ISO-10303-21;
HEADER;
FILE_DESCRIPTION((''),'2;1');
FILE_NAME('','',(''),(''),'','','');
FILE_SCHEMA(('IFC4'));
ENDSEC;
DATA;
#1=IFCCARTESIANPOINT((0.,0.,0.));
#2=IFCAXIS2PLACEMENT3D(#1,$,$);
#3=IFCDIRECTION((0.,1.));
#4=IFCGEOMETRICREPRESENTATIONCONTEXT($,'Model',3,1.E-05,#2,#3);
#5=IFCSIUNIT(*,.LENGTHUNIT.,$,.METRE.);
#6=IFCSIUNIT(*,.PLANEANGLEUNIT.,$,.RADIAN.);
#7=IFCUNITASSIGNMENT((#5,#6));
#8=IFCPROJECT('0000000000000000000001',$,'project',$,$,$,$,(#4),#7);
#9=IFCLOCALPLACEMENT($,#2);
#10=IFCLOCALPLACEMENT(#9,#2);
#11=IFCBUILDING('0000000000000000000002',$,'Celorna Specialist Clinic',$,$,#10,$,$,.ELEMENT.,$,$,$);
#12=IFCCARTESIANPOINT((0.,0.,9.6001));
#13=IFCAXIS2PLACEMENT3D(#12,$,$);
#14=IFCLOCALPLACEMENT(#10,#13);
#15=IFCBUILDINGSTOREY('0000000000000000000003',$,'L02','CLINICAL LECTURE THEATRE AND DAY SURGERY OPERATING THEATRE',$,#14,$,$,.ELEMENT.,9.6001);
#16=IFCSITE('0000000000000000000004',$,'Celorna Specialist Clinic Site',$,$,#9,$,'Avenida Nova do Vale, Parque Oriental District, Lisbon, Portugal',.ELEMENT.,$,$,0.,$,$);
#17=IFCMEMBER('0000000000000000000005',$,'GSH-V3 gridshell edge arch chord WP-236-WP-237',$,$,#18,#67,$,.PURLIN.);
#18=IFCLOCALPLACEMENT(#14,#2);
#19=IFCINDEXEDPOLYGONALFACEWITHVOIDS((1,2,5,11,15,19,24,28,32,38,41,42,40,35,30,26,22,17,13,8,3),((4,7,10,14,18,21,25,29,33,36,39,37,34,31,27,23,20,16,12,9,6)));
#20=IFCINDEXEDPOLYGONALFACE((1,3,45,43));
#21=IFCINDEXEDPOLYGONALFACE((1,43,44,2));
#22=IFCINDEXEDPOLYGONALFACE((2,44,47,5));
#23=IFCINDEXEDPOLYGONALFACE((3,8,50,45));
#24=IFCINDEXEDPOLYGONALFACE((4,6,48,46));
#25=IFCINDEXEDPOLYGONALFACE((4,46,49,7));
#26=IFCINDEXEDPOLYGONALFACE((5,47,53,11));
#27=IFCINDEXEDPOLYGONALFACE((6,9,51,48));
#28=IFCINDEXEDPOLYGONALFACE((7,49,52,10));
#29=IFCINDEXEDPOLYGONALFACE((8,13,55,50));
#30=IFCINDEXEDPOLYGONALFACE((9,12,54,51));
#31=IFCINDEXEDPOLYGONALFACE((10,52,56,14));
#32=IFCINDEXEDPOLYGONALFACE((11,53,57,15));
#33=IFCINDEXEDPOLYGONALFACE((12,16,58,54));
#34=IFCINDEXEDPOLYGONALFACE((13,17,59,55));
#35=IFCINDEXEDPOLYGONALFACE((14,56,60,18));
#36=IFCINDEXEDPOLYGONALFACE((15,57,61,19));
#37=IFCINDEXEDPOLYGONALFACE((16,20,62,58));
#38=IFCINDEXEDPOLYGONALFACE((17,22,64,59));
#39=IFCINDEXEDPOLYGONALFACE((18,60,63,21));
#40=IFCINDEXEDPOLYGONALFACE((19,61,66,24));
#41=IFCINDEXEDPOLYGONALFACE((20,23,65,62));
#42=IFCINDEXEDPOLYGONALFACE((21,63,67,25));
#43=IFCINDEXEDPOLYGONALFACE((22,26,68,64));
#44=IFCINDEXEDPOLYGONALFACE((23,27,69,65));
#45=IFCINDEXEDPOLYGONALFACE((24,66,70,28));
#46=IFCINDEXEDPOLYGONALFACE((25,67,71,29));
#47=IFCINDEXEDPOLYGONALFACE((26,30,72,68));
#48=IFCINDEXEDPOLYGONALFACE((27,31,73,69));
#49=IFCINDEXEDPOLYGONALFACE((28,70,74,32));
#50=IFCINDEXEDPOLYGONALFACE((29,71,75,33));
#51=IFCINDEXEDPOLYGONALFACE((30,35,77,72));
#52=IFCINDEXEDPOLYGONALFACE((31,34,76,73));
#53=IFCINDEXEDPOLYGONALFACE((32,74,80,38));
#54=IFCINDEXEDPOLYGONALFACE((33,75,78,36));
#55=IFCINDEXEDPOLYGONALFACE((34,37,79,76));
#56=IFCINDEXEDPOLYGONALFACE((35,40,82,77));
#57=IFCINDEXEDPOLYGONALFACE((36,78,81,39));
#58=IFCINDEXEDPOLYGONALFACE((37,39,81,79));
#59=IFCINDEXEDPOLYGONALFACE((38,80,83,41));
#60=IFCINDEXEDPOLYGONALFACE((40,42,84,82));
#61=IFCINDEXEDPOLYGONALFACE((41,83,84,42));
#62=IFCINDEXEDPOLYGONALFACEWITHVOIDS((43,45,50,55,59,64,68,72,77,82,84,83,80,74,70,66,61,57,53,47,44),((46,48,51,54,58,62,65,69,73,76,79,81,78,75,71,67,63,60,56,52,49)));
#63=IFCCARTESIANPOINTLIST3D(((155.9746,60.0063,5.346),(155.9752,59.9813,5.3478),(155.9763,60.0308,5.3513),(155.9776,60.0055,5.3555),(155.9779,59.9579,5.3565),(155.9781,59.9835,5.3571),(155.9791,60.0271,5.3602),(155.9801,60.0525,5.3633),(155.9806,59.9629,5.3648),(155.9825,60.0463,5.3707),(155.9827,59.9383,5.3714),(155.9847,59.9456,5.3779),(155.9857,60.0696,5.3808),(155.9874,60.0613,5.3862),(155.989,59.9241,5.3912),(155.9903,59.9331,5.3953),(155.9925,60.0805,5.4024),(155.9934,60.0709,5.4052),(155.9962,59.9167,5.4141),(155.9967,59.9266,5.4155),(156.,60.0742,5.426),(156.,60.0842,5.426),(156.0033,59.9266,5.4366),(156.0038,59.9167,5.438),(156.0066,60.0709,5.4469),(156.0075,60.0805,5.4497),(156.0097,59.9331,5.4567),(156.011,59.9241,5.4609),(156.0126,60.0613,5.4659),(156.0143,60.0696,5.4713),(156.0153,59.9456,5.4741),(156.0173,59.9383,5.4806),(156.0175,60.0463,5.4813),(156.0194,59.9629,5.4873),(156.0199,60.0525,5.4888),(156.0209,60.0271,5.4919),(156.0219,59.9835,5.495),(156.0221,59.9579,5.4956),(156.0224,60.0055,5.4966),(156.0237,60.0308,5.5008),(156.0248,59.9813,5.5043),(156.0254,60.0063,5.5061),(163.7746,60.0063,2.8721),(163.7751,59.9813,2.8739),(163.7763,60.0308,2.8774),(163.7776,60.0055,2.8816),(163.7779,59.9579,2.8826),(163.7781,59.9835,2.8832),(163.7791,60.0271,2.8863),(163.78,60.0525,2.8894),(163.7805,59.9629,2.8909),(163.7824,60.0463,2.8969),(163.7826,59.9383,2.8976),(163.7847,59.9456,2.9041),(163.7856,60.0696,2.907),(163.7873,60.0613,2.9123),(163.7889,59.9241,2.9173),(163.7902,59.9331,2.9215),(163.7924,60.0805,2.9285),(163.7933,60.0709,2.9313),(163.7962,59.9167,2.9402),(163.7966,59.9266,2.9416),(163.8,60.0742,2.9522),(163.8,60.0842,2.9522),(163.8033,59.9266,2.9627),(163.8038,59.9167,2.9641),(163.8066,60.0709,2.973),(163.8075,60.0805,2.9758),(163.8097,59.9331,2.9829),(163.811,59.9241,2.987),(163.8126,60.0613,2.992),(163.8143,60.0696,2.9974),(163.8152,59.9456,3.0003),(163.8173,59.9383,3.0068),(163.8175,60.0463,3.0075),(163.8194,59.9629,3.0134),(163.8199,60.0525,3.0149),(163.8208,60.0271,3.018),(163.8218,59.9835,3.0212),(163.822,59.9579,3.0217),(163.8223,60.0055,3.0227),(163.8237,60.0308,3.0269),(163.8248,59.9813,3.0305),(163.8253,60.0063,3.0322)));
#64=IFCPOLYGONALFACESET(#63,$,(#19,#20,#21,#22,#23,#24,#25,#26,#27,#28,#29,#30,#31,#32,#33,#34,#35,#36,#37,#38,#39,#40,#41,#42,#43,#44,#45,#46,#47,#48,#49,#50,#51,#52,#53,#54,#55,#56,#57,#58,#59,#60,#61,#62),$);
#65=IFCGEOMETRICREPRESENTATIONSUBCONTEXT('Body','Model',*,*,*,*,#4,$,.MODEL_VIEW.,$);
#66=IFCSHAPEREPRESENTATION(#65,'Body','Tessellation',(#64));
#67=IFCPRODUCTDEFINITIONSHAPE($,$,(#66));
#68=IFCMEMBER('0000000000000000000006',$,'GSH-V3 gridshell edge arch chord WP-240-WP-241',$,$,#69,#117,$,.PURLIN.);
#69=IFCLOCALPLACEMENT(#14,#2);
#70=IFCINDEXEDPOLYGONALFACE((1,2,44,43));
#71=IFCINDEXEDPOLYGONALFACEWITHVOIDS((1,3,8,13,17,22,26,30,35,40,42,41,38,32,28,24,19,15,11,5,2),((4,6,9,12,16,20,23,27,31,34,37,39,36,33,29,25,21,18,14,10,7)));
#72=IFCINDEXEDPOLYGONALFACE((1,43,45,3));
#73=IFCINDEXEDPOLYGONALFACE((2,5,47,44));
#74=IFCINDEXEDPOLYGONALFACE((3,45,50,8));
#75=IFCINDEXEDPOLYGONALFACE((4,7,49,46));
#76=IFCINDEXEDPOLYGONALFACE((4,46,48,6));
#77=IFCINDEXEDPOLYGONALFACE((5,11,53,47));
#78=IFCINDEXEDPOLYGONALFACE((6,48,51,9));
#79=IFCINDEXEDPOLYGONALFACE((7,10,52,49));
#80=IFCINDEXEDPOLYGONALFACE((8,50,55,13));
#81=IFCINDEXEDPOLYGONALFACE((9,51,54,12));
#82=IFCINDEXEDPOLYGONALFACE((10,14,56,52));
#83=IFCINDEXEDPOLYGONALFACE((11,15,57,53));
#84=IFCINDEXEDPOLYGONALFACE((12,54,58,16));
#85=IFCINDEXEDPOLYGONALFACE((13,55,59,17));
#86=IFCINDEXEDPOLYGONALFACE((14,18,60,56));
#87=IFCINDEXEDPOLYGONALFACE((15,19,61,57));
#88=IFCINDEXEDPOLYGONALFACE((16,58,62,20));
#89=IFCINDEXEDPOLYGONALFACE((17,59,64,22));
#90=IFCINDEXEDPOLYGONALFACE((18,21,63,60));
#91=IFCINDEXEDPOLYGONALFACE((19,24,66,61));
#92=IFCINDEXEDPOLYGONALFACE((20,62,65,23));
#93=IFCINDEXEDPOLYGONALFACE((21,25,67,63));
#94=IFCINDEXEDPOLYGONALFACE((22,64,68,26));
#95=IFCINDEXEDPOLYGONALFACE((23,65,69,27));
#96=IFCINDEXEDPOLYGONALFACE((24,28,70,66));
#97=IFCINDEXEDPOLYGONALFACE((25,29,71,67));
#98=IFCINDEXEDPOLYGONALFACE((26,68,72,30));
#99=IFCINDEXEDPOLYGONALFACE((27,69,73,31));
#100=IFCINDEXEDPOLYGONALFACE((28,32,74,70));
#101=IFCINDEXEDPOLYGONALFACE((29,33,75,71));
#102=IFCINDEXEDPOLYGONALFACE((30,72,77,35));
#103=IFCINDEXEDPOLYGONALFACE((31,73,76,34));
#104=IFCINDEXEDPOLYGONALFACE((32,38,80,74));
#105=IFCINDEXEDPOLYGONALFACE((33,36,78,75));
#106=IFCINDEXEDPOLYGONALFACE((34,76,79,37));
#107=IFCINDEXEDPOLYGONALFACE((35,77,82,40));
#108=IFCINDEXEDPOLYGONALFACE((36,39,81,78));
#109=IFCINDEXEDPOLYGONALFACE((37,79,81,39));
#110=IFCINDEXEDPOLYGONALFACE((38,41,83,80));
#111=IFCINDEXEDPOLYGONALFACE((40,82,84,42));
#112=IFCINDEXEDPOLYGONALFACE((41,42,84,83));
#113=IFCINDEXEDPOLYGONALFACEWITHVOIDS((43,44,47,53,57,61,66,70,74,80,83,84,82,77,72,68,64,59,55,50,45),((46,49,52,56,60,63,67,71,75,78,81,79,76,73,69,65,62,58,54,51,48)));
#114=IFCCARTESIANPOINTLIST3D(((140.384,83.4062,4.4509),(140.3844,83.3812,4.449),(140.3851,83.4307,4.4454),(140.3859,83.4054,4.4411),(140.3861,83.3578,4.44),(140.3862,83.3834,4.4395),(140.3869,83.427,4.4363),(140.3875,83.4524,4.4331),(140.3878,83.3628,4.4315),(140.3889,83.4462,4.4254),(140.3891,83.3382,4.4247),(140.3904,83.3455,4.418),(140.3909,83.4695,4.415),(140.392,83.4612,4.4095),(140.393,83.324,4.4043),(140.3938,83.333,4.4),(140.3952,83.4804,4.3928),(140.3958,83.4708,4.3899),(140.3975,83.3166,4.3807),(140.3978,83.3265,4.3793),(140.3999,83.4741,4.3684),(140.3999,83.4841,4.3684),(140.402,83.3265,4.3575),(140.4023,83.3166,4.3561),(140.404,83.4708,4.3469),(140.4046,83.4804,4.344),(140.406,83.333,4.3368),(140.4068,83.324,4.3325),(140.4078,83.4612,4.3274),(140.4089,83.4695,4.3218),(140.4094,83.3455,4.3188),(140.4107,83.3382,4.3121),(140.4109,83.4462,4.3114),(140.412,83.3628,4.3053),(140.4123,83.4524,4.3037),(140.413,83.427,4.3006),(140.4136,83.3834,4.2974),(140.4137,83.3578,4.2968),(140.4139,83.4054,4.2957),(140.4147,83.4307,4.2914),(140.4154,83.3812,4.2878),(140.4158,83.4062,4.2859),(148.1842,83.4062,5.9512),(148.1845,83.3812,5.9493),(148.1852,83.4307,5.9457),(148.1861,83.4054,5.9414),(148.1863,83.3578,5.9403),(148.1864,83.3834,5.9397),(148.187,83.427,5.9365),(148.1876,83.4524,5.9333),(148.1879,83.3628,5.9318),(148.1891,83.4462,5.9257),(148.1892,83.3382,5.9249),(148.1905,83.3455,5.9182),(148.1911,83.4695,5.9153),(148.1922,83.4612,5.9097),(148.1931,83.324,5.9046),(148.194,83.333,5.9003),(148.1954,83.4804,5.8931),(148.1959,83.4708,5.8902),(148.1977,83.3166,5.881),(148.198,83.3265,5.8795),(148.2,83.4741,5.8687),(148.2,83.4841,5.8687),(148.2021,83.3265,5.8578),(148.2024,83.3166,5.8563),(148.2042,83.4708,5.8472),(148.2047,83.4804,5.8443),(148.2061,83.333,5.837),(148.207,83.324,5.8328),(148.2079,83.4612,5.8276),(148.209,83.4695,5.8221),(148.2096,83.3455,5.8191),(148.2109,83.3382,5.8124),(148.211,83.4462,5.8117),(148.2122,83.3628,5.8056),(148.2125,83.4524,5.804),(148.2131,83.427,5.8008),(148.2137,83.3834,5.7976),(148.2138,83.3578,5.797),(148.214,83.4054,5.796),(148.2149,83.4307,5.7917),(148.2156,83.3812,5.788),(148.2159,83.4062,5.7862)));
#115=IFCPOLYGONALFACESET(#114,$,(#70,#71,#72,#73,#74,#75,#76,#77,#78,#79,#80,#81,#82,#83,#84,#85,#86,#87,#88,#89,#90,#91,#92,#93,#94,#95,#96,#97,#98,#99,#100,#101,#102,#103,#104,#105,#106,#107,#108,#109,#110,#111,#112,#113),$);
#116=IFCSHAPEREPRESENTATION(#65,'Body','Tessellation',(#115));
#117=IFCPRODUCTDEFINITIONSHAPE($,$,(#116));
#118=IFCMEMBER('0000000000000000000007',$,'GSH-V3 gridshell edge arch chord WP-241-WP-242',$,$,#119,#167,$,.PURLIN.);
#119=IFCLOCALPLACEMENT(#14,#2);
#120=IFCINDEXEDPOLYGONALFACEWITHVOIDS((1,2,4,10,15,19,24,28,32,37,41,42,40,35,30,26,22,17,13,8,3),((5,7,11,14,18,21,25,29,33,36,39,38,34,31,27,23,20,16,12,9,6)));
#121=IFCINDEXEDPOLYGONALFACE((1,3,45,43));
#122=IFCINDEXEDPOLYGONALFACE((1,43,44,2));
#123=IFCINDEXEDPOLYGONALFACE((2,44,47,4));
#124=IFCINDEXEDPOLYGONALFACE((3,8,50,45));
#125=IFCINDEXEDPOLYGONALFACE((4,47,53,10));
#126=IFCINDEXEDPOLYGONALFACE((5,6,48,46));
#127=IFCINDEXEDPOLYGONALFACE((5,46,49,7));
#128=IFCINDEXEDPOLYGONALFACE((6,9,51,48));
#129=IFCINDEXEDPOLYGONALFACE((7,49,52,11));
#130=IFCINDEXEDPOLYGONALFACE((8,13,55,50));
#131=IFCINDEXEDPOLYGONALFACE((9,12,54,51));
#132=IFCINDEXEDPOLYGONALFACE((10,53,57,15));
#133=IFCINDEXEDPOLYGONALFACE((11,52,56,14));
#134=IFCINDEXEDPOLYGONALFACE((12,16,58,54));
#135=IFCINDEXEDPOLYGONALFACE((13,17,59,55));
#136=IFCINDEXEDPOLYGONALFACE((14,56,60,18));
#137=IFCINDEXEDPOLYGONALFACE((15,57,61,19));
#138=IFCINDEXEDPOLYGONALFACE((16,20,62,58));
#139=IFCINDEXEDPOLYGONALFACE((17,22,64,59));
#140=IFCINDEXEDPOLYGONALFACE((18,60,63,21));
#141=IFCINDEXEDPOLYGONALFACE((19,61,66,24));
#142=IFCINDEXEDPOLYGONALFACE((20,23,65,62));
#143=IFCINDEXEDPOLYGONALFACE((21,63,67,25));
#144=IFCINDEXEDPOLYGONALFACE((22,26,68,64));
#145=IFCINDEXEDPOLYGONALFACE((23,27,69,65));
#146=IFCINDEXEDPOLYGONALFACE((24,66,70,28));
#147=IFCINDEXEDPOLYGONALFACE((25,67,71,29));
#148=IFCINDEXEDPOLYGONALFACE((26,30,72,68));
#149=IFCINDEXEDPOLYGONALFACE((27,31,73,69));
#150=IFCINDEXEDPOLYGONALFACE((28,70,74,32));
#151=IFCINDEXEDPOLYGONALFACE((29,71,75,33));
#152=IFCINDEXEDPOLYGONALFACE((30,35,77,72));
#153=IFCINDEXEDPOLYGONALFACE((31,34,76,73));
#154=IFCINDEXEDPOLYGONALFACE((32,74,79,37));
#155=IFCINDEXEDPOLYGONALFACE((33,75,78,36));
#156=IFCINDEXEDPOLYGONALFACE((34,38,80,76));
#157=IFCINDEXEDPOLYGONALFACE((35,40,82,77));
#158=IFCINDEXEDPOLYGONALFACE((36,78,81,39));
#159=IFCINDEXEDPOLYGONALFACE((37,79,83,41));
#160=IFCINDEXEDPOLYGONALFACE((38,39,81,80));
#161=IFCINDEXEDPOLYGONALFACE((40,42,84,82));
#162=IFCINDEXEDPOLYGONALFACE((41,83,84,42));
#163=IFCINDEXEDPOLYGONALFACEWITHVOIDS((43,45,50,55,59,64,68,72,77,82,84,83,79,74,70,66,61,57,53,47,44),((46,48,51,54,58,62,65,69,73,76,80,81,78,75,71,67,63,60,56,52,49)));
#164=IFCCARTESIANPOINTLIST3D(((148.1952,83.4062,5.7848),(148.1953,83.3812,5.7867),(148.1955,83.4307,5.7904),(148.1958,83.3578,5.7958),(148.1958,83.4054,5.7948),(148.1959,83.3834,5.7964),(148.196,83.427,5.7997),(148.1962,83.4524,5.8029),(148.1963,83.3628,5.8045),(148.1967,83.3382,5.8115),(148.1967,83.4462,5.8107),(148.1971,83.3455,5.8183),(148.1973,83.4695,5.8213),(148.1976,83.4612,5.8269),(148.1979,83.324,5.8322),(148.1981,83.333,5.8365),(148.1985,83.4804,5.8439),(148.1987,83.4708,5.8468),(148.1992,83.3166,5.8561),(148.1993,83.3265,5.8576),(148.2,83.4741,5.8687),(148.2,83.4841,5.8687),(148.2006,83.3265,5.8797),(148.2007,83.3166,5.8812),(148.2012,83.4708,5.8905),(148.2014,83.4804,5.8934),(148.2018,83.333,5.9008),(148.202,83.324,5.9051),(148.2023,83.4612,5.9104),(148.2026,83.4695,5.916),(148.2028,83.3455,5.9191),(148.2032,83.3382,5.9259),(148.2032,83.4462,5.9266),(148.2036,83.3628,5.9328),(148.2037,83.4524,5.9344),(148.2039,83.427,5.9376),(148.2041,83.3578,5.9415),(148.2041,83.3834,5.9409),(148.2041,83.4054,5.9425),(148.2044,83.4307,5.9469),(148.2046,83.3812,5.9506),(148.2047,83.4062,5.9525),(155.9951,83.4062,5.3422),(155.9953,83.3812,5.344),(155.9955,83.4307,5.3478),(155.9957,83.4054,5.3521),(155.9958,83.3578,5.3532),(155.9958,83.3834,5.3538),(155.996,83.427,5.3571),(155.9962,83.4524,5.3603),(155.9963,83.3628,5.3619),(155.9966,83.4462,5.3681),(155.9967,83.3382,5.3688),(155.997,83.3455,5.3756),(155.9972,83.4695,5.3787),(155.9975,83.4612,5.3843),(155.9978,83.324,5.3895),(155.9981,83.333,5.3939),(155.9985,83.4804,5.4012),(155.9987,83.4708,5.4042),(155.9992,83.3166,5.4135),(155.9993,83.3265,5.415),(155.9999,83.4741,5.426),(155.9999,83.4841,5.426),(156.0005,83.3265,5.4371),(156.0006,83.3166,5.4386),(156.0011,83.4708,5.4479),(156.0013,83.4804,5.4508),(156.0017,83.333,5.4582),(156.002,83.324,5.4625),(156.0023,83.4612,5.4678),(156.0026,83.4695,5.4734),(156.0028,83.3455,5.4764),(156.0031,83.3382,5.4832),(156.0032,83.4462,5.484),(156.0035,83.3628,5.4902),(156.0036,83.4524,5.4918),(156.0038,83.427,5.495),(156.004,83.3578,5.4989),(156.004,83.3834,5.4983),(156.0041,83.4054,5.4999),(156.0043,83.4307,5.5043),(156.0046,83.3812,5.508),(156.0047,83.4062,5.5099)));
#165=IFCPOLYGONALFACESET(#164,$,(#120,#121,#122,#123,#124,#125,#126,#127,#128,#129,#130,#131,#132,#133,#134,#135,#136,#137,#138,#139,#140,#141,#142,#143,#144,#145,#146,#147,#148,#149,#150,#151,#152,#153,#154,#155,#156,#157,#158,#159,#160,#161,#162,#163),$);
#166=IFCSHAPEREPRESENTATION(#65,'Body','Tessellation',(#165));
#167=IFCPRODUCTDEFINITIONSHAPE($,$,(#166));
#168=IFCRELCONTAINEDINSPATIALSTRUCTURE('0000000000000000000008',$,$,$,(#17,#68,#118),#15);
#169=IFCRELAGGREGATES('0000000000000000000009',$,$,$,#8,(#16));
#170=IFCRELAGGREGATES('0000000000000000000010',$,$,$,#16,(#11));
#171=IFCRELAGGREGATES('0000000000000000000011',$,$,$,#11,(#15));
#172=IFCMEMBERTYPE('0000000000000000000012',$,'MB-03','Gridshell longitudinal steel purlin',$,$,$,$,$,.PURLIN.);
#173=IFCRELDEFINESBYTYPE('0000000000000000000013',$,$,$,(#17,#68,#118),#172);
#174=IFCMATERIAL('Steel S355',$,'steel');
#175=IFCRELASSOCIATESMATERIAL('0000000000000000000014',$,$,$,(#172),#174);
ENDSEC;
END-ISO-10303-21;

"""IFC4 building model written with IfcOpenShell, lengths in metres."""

from ifc_helpers import new_model, si_unit, direction, frame, origin, origin_2d, place, context, subcontext, project, spatial, hollow_circle, extrude, material, material_profile, profile_set, type_object, element, save


model = new_model("IFC4")

# Units and contexts
model_context = context("Model", 3, precision=1e-05, world=origin(), true_north=direction((0.0, 1.0)))
body_context = subcontext(model_context, "Body", "Model", "MODEL_VIEW")
ifc_project = project(units=[si_unit("LENGTHUNIT", "METRE"), si_unit("PLANEANGLEUNIT", "RADIAN")], contexts=[model_context])

# Site, building, storey
site_placement = place(None, origin())
site = spatial("IfcSite", under=ifc_project, at=site_placement, Name="Celorna Specialist Clinic Site", LongName="Avenida Nova do Vale, Parque Oriental District, Lisbon, Portugal", CompositionType="ELEMENT", RefElevation=0.0)
building_placement = place(site_placement, origin())
building = spatial("IfcBuilding", under=site, at=building_placement, Name="Celorna Specialist Clinic", CompositionType="ELEMENT")
storey_placement = place(building_placement, frame((0.0, 0.0, 9.6001)))
storey = spatial("IfcBuildingStorey", under=building, at=storey_placement, Name="L02", Description="CLINICAL LECTURE THEATRE AND DAY SURGERY OPERATING THEATRE", CompositionType="ELEMENT", Elevation=9.6001)

# Shared definitions
ifc_material_1 = material(Name="Steel S355", Category="steel")

# Members
ifc_material_profile_1 = material_profile(ifc_material_1, hollow_circle(Radius=0.0842, WallThickness=0.01, at=origin_2d()), Name="CHS 168.3x10")
ifc_profile_set_1 = profile_set([ifc_material_profile_1], Name="Steel S355")
member_type_1 = type_object("IfcMemberType", Name="MB-03", Description="Gridshell longitudinal steel purlin", PredefinedType="PURLIN", material=ifc_profile_set_1)
member_1_placement = place(storey_placement, frame((156.0, 60.0, 5.426), z_axis=(0.953206, 0.0, -0.302321), x_axis=(0.0, 1.0, 0.0)))
element("IfcMember", 1, at=member_1_placement, inside=storey, type_object=member_type_1, Name="GSH-V3 gridshell edge arch chord WP-236-WP-237", PredefinedType="PURLIN", context=body_context, shape_type="SweptSolid", body=[
    extrude(hollow_circle(Radius=0.0842, WallThickness=0.01, at=origin_2d()), origin(), (0.0, 0.0, 1.0), 8.1829),
])
member_2_placement = place(storey_placement, frame((140.3999, 83.3999, 4.3684), z_axis=(0.982001, 0.0, 0.188876), x_axis=(0.0, 1.0, 0.0)))
element("IfcMember", 2, at=member_2_placement, inside=storey, type_object=member_type_1, Name="GSH-V3 gridshell edge arch chord WP-240-WP-241", PredefinedType="PURLIN", context=body_context, shape_type="SweptSolid", body=[
    extrude(hollow_circle(Radius=0.0842, WallThickness=0.01, at=origin_2d()), origin(), (0.0, 0.0, 1.0), 7.9431),
])
for number, where, z_axis, x_axis, name in (
    (3, (148.2, 83.3999, 5.8687), (0.998394, 0.0, -0.056656), (0.0, 1.0, 0.0), "GSH-V3 gridshell edge arch chord WP-241-WP-242"),
):
    element("IfcMember", number, at=place(storey_placement, frame(where, z_axis=z_axis, x_axis=x_axis)), inside=storey, type_object=member_type_1, Name=name, PredefinedType="PURLIN", context=body_context, shape_type="SweptSolid", body=[
        extrude(hollow_circle(Radius=0.0842, WallThickness=0.01, at=origin_2d()), origin(), (0.0, 0.0, 1.0), 7.8125),
    ])

save(model, "model.ifc")
